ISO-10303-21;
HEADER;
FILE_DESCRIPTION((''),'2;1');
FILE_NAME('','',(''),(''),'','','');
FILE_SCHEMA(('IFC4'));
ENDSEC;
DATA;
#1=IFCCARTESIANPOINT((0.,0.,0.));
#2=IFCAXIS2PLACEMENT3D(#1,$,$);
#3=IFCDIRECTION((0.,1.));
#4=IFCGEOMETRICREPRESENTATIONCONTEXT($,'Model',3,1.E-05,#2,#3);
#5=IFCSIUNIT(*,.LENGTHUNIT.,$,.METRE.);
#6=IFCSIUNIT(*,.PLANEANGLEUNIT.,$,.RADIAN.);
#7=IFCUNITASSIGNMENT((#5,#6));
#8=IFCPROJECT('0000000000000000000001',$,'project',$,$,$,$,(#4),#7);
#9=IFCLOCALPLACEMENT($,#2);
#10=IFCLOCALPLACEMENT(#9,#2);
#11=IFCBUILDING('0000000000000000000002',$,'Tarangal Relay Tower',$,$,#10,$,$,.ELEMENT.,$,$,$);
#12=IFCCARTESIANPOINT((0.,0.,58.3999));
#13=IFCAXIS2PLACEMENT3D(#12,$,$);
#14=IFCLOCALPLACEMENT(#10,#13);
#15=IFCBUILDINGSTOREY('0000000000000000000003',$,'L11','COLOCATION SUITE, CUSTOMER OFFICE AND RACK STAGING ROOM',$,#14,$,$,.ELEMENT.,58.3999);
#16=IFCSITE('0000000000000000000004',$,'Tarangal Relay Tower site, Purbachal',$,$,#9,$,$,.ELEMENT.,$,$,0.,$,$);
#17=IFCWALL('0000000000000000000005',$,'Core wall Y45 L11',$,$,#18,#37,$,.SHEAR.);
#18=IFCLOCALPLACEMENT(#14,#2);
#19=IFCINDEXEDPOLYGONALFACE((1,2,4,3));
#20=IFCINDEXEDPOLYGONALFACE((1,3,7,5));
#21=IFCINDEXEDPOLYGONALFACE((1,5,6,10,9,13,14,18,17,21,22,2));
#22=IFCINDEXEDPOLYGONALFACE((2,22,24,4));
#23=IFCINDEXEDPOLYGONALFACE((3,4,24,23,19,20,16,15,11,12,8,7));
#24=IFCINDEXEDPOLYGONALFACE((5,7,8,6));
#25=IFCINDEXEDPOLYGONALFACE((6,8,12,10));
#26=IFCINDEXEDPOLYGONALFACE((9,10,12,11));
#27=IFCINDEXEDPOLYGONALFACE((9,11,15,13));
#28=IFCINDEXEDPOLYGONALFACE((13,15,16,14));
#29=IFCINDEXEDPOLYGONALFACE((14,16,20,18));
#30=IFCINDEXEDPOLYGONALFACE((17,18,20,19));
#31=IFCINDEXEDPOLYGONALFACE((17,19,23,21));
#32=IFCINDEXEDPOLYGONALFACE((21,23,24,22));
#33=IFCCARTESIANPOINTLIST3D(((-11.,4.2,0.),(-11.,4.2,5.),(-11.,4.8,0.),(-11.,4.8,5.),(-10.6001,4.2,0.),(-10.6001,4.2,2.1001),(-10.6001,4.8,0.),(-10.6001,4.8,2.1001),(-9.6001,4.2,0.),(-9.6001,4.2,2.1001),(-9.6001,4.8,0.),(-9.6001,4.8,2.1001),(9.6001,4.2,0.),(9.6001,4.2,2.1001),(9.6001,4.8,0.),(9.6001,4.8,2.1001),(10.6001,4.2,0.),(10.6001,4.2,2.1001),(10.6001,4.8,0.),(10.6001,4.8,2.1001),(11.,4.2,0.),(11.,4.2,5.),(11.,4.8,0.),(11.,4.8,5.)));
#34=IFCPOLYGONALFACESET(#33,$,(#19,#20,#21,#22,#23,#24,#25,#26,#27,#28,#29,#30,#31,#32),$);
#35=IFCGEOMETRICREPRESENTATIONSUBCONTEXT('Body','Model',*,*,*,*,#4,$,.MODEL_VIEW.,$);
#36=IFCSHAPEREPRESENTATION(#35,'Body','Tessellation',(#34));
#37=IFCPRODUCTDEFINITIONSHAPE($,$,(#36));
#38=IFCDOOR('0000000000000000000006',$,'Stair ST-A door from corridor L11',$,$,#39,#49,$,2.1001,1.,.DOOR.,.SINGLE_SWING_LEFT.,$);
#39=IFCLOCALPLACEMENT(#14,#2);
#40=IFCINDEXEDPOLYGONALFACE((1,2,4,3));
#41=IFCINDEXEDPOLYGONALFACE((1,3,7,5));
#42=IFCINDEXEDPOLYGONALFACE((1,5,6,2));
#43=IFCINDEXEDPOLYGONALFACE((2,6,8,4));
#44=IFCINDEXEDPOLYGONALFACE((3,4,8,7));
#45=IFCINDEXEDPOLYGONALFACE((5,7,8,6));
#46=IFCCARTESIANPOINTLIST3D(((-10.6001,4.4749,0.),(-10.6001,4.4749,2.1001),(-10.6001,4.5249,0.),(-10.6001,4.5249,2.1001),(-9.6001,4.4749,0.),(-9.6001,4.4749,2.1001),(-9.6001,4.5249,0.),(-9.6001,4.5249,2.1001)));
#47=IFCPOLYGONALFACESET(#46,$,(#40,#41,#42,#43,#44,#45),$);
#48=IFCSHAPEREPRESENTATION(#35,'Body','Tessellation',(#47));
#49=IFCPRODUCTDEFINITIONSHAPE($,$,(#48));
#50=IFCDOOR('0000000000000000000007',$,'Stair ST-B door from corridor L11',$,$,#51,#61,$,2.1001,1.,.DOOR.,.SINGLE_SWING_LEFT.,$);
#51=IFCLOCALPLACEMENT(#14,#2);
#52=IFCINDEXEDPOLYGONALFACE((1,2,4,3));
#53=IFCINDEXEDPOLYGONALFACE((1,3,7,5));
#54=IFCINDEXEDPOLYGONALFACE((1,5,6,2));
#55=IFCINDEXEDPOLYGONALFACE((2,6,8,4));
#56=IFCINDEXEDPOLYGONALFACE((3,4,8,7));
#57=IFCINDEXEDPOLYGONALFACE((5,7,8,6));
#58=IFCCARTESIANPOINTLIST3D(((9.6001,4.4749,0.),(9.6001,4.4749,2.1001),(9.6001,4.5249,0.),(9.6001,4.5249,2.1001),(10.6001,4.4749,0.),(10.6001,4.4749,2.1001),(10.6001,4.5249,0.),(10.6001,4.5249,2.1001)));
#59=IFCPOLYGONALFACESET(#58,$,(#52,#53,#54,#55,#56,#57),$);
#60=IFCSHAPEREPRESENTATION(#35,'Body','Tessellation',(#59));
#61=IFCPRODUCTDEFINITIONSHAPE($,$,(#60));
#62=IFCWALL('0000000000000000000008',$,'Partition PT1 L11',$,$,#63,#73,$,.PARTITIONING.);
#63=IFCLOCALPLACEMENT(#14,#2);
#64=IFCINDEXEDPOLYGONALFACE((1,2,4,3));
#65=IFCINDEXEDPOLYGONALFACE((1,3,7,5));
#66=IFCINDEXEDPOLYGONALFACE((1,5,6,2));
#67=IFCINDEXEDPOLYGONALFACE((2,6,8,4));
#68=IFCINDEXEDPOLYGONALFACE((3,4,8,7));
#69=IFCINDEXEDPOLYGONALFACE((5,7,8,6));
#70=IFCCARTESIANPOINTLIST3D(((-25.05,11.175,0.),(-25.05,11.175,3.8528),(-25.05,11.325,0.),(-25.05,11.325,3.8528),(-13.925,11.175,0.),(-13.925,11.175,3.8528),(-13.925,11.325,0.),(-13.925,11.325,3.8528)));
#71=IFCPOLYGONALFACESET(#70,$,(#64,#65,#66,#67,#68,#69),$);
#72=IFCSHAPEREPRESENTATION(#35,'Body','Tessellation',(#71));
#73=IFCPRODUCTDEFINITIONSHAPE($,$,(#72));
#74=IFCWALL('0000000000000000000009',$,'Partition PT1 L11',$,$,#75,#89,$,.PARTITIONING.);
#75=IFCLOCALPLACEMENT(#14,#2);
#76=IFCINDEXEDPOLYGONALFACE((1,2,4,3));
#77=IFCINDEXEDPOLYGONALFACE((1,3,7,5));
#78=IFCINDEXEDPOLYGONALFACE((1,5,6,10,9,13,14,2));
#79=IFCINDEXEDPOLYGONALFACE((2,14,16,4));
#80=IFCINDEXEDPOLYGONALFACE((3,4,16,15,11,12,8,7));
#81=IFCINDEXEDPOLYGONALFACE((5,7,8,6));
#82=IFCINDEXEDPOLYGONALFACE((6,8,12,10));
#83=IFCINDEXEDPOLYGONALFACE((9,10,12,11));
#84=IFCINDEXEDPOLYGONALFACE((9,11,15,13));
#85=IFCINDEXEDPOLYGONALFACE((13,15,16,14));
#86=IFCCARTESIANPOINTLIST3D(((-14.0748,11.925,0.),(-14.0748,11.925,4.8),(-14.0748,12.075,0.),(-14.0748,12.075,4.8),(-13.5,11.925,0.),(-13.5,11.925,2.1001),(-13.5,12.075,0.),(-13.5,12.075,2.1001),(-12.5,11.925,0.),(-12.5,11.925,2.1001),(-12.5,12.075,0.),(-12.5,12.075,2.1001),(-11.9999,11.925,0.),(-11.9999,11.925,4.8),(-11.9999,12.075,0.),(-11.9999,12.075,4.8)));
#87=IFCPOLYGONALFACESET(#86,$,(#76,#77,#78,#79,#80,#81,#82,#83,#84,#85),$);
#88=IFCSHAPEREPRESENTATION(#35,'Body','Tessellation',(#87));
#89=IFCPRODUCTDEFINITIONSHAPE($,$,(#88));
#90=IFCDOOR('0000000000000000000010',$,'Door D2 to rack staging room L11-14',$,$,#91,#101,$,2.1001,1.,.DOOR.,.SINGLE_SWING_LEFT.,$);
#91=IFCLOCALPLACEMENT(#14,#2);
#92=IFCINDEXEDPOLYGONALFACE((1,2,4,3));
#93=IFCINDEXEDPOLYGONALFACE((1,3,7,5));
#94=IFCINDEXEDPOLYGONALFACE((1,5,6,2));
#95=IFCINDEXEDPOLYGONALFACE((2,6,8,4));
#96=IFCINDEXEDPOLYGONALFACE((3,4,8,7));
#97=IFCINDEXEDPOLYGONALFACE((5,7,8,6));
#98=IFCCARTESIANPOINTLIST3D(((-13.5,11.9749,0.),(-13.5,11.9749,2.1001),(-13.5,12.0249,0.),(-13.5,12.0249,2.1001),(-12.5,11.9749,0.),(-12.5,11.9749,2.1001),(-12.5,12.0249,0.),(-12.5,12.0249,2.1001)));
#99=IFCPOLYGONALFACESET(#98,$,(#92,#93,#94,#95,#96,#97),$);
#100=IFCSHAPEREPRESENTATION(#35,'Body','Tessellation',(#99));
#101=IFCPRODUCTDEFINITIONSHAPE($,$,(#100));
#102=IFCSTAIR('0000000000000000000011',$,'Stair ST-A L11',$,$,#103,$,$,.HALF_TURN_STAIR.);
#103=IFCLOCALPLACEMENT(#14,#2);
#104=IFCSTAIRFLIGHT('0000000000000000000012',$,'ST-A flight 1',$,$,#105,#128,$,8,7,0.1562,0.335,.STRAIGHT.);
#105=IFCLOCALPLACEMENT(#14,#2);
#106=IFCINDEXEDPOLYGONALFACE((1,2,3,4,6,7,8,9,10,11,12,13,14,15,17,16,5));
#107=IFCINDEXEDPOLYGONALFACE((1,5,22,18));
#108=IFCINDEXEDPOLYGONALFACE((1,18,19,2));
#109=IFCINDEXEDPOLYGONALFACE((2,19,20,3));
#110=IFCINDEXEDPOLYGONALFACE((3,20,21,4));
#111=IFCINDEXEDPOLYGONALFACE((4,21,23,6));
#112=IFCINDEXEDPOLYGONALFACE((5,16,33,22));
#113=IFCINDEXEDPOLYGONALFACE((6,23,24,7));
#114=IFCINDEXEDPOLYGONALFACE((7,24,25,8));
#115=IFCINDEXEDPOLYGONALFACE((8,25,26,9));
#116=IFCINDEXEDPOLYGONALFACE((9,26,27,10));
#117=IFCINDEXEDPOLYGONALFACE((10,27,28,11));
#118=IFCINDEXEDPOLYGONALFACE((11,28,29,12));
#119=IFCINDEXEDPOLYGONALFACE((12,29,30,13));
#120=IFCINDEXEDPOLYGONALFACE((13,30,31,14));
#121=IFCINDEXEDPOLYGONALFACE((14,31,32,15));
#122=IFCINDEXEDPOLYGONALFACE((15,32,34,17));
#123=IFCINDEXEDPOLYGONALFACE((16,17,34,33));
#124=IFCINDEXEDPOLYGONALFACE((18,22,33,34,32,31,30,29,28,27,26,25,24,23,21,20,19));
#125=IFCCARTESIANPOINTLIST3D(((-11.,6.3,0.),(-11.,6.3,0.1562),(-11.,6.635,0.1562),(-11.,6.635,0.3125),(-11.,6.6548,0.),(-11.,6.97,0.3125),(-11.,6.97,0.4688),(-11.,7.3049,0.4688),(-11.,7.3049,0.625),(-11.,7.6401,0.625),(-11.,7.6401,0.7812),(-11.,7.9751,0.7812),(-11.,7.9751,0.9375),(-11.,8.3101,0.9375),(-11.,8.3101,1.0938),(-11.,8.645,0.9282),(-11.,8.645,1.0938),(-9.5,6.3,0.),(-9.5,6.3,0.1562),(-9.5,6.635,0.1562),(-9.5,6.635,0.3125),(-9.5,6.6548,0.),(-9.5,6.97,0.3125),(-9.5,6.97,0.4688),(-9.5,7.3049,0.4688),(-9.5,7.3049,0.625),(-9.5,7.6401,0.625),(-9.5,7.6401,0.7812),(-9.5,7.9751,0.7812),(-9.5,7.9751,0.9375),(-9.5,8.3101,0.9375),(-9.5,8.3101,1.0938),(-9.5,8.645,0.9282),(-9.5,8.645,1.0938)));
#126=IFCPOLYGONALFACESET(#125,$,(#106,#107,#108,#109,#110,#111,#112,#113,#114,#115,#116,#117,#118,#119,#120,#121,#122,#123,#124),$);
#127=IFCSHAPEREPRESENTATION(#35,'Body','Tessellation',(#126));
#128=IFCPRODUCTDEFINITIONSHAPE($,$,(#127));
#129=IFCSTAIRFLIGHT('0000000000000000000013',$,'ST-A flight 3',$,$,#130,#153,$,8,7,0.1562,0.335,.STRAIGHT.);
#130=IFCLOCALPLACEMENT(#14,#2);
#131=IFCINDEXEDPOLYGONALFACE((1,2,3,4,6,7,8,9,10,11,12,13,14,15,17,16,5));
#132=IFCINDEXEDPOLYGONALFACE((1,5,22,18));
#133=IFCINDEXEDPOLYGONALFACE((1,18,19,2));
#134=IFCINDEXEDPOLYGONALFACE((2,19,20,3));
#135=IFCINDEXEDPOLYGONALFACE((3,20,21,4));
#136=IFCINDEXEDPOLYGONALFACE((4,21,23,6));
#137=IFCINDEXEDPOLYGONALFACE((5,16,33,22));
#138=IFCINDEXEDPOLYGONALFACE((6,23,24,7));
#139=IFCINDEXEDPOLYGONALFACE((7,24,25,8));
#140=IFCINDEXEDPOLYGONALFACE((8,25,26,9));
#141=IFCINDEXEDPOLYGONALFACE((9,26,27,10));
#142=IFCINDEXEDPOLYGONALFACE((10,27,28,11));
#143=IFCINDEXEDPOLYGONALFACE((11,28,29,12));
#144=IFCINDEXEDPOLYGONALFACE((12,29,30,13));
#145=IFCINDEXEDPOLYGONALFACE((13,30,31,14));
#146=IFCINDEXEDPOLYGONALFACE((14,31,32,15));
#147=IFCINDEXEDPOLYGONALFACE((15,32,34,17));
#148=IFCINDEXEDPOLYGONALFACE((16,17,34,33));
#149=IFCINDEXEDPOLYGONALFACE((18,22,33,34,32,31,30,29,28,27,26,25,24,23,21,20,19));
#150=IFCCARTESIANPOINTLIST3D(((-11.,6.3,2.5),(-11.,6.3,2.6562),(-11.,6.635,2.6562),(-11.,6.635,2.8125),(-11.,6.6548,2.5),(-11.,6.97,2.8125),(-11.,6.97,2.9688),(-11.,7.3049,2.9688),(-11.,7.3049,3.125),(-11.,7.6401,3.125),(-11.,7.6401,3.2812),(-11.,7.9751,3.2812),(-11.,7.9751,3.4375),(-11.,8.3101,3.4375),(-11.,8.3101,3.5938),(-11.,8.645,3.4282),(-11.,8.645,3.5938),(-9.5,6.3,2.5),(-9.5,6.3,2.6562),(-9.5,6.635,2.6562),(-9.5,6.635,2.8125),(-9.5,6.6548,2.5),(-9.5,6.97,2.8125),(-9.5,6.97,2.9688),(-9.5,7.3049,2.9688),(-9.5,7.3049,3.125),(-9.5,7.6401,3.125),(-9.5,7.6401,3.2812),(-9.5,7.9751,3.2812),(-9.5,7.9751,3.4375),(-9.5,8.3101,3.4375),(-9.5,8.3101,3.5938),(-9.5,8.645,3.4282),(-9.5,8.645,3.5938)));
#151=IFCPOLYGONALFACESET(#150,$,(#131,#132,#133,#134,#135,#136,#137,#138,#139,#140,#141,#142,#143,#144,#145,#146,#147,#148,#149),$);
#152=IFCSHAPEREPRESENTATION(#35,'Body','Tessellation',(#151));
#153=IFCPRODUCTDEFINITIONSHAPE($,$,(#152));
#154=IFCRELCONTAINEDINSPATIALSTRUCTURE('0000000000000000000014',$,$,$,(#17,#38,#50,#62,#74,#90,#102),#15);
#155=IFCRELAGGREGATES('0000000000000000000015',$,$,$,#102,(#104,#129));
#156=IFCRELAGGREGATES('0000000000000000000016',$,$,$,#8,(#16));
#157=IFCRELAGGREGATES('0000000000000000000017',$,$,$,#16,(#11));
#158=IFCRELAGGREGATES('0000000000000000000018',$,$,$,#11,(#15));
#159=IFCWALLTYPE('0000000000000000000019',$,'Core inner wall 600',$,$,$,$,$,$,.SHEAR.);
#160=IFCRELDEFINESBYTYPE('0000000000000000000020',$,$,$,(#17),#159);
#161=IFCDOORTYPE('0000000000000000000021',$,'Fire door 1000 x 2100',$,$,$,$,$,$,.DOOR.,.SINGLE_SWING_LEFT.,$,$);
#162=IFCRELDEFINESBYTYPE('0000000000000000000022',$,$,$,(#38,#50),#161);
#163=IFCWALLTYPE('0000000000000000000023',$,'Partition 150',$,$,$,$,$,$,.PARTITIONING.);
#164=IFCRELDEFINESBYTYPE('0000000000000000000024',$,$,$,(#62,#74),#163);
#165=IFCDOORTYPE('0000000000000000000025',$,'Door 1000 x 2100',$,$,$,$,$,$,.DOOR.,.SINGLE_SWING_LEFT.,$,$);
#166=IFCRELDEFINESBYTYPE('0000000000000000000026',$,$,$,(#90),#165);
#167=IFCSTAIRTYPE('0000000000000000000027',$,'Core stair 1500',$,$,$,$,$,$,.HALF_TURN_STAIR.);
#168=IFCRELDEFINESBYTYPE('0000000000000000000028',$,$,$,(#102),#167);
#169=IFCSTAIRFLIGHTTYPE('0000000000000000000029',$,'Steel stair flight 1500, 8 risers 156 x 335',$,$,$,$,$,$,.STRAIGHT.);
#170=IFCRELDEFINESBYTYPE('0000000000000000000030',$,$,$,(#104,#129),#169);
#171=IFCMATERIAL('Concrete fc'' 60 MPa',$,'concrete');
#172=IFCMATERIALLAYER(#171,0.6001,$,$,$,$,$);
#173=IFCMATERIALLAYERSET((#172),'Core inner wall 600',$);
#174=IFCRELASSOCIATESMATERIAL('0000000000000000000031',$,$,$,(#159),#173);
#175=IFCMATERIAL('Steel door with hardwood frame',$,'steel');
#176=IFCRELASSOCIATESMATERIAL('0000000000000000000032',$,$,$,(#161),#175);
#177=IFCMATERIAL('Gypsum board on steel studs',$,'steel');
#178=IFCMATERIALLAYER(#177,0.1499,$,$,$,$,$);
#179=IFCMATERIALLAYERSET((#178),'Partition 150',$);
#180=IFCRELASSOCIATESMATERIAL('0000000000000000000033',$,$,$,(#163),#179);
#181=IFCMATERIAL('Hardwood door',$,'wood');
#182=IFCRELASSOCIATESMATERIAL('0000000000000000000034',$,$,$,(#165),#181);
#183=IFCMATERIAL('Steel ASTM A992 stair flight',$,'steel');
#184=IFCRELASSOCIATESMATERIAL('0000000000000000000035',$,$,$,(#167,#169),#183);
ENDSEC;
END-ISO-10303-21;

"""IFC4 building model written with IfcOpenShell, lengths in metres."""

from ifc_helpers import new_model, si_unit, direction, frame, frame_2d, origin, place, context, subcontext, project, spatial, polyline, rectangle, outline, extrude, material, layer, layer_set, type_object, element, fill, aggregate, save


model = new_model("IFC4")

# Units and contexts
model_context = context("Model", 3, precision=1e-05, world=origin(), true_north=direction((0.0, 1.0)))
body_context = subcontext(model_context, "Body", "Model", "MODEL_VIEW")
ifc_project = project(units=[si_unit("LENGTHUNIT", "METRE"), si_unit("PLANEANGLEUNIT", "RADIAN")], contexts=[model_context])

# Site, building, storey
site_placement = place(None, origin())
site = spatial("IfcSite", under=ifc_project, at=site_placement, Name="Tarangal Relay Tower site, Purbachal", CompositionType="ELEMENT", RefElevation=0.0)
building_placement = place(site_placement, origin())
building = spatial("IfcBuilding", under=site, at=building_placement, Name="Tarangal Relay Tower", CompositionType="ELEMENT")
storey_placement = place(building_placement, frame((0.0, 0.0, 58.3999)))
storey = spatial("IfcBuildingStorey", under=building, at=storey_placement, Name="L11", Description="COLOCATION SUITE, CUSTOMER OFFICE AND RACK STAGING ROOM", CompositionType="ELEMENT", Elevation=58.3999)

# Wall, openings, doors
ifc_material_1 = material(Name="Concrete fc' 60 MPa", Category="concrete")
ifc_layer_1 = layer(ifc_material_1, 0.6001)
ifc_layer_set_1 = layer_set([ifc_layer_1], Name="Core inner wall 600")
wall_type_1 = type_object("IfcWallType", Name="Core inner wall 600", PredefinedType="SHEAR", material=ifc_layer_set_1)
wall_1_placement = place(storey_placement, frame((-11.0, 4.5, 0.0), z_axis=(0.0, 0.0, 1.0), x_axis=(1.0, 0.0, 0.0)))
wall_1 = element("IfcWall", 1, at=wall_1_placement, inside=storey, type_object=wall_type_1, Name="Core wall Y45 L11", PredefinedType="SHEAR", context=body_context, shape_type="SweptSolid", body=[
    extrude(rectangle(XDim=22.0, YDim=0.6001, at=frame_2d((11.0, 0.0))), origin(), (0.0, 0.0, 1.0), 5.0),
])
opening_1_placement = place(wall_1_placement, frame((0.3999, 0.0, 0.0)))
opening_1 = element("IfcOpeningElement", 2, at=opening_1_placement, cuts=wall_1, PredefinedType="OPENING", context=body_context, shape_type="SweptSolid", body=[
    extrude(rectangle(XDim=1.0, YDim=2.1001, at=frame_2d((0.5, 1.05))), frame((0.0, 0.3101, 0.0), z_axis=(0.0, -1.0, 0.0), x_axis=(1.0, 0.0, 0.0)), (0.0, 0.0, 1.0), 0.6201),
])
opening_2_placement = place(wall_1_placement, frame((20.6001, 0.0, 0.0)))
opening_2 = element("IfcOpeningElement", 3, at=opening_2_placement, cuts=wall_1, PredefinedType="OPENING", context=body_context, shape_type="SweptSolid", body=[
    extrude(rectangle(XDim=1.0, YDim=2.1001, at=frame_2d((0.5, 1.05))), frame((0.0, 0.3101, 0.0), z_axis=(0.0, -1.0, 0.0), x_axis=(1.0, 0.0, 0.0)), (0.0, 0.0, 1.0), 0.6201),
])
ifc_material_2 = material(Name="Steel door with hardwood frame", Category="steel")
door_type_1 = type_object("IfcDoorType", Name="Fire door 1000 x 2100", OperationType="SINGLE_SWING_LEFT", PredefinedType="DOOR", material=ifc_material_2)
door_1_placement = place(opening_1_placement, origin())
door_1 = element("IfcDoor", 4, at=door_1_placement, inside=storey, type_object=door_type_1, Name="Stair ST-A door from corridor L11", OperationType="SINGLE_SWING_LEFT", OverallHeight=2.1001, OverallWidth=1.0, PredefinedType="DOOR", context=body_context, shape_type="SweptSolid", body=[
    extrude(rectangle(XDim=1.0, YDim=2.1001, at=frame_2d((0.5, 1.05))), frame((0.0, 0.0249, 0.0), z_axis=(0.0, -1.0, 0.0), x_axis=(1.0, 0.0, 0.0)), (0.0, 0.0, 1.0), 0.05),
])
fill(opening_1, door_1)
door_2_placement = place(opening_2_placement, origin())
door_2 = element("IfcDoor", 5, at=door_2_placement, inside=storey, type_object=door_type_1, Name="Stair ST-B door from corridor L11", OperationType="SINGLE_SWING_LEFT", OverallHeight=2.1001, OverallWidth=1.0, PredefinedType="DOOR", context=body_context, shape_type="SweptSolid", body=[
    extrude(rectangle(XDim=1.0, YDim=2.1001, at=frame_2d((0.5, 1.05))), frame((0.0, 0.0249, 0.0), z_axis=(0.0, -1.0, 0.0), x_axis=(1.0, 0.0, 0.0)), (0.0, 0.0, 1.0), 0.05),
])
fill(opening_2, door_2)

# Wall
ifc_material_3 = material(Name="Gypsum board on steel studs", Category="steel")
ifc_layer_2 = layer(ifc_material_3, 0.1499)
ifc_layer_set_2 = layer_set([ifc_layer_2], Name="Partition 150")
wall_type_2 = type_object("IfcWallType", Name="Partition 150", PredefinedType="PARTITIONING", material=ifc_layer_set_2)
wall_2_placement = place(storey_placement, frame((-25.05, 11.25, 0.0), z_axis=(0.0, 0.0, 1.0), x_axis=(1.0, 0.0, 0.0)))
element("IfcWall", 6, at=wall_2_placement, inside=storey, type_object=wall_type_2, Name="Partition PT1 L11", PredefinedType="PARTITIONING", context=body_context, shape_type="SweptSolid", body=[
    extrude(rectangle(XDim=11.125, YDim=0.1499, at=frame_2d((5.5625, 0.0))), origin(), (0.0, 0.0, 1.0), 3.8528),
])

# Wall, opening, door
wall_3_placement = place(storey_placement, frame((-14.075, 12.0, 0.0), z_axis=(0.0, 0.0, 1.0), x_axis=(1.0, 0.0, 0.0)))
wall_3 = element("IfcWall", 7, at=wall_3_placement, inside=storey, type_object=wall_type_2, Name="Partition PT1 L11", PredefinedType="PARTITIONING", context=body_context, shape_type="SweptSolid", body=[
    extrude(rectangle(XDim=2.075, YDim=0.1499, at=frame_2d((1.0376, 0.0))), origin(), (0.0, 0.0, 1.0), 4.8),
])
opening_3_placement = place(wall_3_placement, frame((0.575, 0.0, 0.0)))
opening_3 = element("IfcOpeningElement", 8, at=opening_3_placement, cuts=wall_3, PredefinedType="OPENING", context=body_context, shape_type="SweptSolid", body=[
    extrude(rectangle(XDim=1.0, YDim=2.1001, at=frame_2d((0.5, 1.05))), frame((0.0, 0.085, 0.0), z_axis=(0.0, -1.0, 0.0), x_axis=(1.0, 0.0, 0.0)), (0.0, 0.0, 1.0), 0.1699),
])
ifc_material_4 = material(Name="Hardwood door", Category="wood")
door_type_2 = type_object("IfcDoorType", Name="Door 1000 x 2100", OperationType="SINGLE_SWING_LEFT", PredefinedType="DOOR", material=ifc_material_4)
door_3_placement = place(opening_3_placement, origin())
door_3 = element("IfcDoor", 9, at=door_3_placement, inside=storey, type_object=door_type_2, Name="Door D2 to rack staging room L11-14", OperationType="SINGLE_SWING_LEFT", OverallHeight=2.1001, OverallWidth=1.0, PredefinedType="DOOR", context=body_context, shape_type="SweptSolid", body=[
    extrude(rectangle(XDim=1.0, YDim=2.1001, at=frame_2d((0.5, 1.05))), frame((0.0, 0.0249, 0.0), z_axis=(0.0, -1.0, 0.0), x_axis=(1.0, 0.0, 0.0)), (0.0, 0.0, 1.0), 0.05),
])
fill(opening_3, door_3)

# Stair, stair flights
ifc_material_5 = material(Name="Steel ASTM A992 stair flight", Category="steel")
stair_type = type_object("IfcStairType", Name="Core stair 1500", PredefinedType="HALF_TURN_STAIR", material=ifc_material_5)
stair_placement = place(storey_placement, origin())
stair = element("IfcStair", 10, at=stair_placement, inside=storey, type_object=stair_type, Name="Stair ST-A L11", PredefinedType="HALF_TURN_STAIR")
stair_flight_type = type_object("IfcStairFlightType", Name="Steel stair flight 1500, 8 risers 156 x 335", PredefinedType="STRAIGHT", material=ifc_material_5)
stair_flight_1_placement = place(storey_placement, frame((-10.25, 6.3, 0.0), z_axis=(0.0, 0.0, 1.0), x_axis=(0.0, 1.0, 0.0)))
stair_flight_1 = element("IfcStairFlight", 11, at=stair_flight_1_placement, type_object=stair_flight_type, Name="ST-A flight 1", NumberOfRisers=8, NumberOfTreads=7, PredefinedType="STRAIGHT", RiserHeight=0.1562, TreadLength=0.335, context=body_context, shape_type="SweptSolid", body=[
    extrude(outline(polyline([(0.0, 0.0), (0.0, 0.1562), (0.335, 0.1562), (0.335, 0.3125), (0.6699, 0.3125), (0.6699, 0.4688), (1.0049, 0.4688), (1.0049, 0.625), (1.3401, 0.625), (1.3401, 0.7812), (1.675, 0.7812), (1.675, 0.9375), (2.01, 0.9375), (2.01, 1.0938), (2.345, 1.0938), (2.345, 1.25), (2.345, 0.9282), (0.3547, 0.0), (0.0, 0.0)])), frame((0.0, 0.75, 0.0), z_axis=(0.0, -1.0, 0.0), x_axis=(1.0, 0.0, 0.0)), (0.0, 0.0, 1.0), 1.5),
])
stair_flight_2_placement = place(storey_placement, frame((-10.25, 6.3, 2.5), z_axis=(0.0, 0.0, 1.0), x_axis=(0.0, 1.0, 0.0)))
stair_flight_2 = element("IfcStairFlight", 12, at=stair_flight_2_placement, type_object=stair_flight_type, Name="ST-A flight 3", NumberOfRisers=8, NumberOfTreads=7, PredefinedType="STRAIGHT", RiserHeight=0.1562, TreadLength=0.335, context=body_context, shape_type="SweptSolid", body=[
    extrude(outline(polyline([(0.0, 0.0), (0.0, 0.1562), (0.335, 0.1562), (0.335, 0.3125), (0.6699, 0.3125), (0.6699, 0.4688), (1.0049, 0.4688), (1.0049, 0.625), (1.3401, 0.625), (1.3401, 0.7812), (1.675, 0.7812), (1.675, 0.9375), (2.01, 0.9375), (2.01, 1.0938), (2.345, 1.0938), (2.345, 1.25), (2.345, 0.9282), (0.3547, 0.0), (0.0, 0.0)])), frame((0.0, 0.75, 0.0), z_axis=(0.0, -1.0, 0.0), x_axis=(1.0, 0.0, 0.0)), (0.0, 0.0, 1.0), 1.5),
])
aggregate(stair, [stair_flight_1, stair_flight_2])

save(model, "model.ifc")
